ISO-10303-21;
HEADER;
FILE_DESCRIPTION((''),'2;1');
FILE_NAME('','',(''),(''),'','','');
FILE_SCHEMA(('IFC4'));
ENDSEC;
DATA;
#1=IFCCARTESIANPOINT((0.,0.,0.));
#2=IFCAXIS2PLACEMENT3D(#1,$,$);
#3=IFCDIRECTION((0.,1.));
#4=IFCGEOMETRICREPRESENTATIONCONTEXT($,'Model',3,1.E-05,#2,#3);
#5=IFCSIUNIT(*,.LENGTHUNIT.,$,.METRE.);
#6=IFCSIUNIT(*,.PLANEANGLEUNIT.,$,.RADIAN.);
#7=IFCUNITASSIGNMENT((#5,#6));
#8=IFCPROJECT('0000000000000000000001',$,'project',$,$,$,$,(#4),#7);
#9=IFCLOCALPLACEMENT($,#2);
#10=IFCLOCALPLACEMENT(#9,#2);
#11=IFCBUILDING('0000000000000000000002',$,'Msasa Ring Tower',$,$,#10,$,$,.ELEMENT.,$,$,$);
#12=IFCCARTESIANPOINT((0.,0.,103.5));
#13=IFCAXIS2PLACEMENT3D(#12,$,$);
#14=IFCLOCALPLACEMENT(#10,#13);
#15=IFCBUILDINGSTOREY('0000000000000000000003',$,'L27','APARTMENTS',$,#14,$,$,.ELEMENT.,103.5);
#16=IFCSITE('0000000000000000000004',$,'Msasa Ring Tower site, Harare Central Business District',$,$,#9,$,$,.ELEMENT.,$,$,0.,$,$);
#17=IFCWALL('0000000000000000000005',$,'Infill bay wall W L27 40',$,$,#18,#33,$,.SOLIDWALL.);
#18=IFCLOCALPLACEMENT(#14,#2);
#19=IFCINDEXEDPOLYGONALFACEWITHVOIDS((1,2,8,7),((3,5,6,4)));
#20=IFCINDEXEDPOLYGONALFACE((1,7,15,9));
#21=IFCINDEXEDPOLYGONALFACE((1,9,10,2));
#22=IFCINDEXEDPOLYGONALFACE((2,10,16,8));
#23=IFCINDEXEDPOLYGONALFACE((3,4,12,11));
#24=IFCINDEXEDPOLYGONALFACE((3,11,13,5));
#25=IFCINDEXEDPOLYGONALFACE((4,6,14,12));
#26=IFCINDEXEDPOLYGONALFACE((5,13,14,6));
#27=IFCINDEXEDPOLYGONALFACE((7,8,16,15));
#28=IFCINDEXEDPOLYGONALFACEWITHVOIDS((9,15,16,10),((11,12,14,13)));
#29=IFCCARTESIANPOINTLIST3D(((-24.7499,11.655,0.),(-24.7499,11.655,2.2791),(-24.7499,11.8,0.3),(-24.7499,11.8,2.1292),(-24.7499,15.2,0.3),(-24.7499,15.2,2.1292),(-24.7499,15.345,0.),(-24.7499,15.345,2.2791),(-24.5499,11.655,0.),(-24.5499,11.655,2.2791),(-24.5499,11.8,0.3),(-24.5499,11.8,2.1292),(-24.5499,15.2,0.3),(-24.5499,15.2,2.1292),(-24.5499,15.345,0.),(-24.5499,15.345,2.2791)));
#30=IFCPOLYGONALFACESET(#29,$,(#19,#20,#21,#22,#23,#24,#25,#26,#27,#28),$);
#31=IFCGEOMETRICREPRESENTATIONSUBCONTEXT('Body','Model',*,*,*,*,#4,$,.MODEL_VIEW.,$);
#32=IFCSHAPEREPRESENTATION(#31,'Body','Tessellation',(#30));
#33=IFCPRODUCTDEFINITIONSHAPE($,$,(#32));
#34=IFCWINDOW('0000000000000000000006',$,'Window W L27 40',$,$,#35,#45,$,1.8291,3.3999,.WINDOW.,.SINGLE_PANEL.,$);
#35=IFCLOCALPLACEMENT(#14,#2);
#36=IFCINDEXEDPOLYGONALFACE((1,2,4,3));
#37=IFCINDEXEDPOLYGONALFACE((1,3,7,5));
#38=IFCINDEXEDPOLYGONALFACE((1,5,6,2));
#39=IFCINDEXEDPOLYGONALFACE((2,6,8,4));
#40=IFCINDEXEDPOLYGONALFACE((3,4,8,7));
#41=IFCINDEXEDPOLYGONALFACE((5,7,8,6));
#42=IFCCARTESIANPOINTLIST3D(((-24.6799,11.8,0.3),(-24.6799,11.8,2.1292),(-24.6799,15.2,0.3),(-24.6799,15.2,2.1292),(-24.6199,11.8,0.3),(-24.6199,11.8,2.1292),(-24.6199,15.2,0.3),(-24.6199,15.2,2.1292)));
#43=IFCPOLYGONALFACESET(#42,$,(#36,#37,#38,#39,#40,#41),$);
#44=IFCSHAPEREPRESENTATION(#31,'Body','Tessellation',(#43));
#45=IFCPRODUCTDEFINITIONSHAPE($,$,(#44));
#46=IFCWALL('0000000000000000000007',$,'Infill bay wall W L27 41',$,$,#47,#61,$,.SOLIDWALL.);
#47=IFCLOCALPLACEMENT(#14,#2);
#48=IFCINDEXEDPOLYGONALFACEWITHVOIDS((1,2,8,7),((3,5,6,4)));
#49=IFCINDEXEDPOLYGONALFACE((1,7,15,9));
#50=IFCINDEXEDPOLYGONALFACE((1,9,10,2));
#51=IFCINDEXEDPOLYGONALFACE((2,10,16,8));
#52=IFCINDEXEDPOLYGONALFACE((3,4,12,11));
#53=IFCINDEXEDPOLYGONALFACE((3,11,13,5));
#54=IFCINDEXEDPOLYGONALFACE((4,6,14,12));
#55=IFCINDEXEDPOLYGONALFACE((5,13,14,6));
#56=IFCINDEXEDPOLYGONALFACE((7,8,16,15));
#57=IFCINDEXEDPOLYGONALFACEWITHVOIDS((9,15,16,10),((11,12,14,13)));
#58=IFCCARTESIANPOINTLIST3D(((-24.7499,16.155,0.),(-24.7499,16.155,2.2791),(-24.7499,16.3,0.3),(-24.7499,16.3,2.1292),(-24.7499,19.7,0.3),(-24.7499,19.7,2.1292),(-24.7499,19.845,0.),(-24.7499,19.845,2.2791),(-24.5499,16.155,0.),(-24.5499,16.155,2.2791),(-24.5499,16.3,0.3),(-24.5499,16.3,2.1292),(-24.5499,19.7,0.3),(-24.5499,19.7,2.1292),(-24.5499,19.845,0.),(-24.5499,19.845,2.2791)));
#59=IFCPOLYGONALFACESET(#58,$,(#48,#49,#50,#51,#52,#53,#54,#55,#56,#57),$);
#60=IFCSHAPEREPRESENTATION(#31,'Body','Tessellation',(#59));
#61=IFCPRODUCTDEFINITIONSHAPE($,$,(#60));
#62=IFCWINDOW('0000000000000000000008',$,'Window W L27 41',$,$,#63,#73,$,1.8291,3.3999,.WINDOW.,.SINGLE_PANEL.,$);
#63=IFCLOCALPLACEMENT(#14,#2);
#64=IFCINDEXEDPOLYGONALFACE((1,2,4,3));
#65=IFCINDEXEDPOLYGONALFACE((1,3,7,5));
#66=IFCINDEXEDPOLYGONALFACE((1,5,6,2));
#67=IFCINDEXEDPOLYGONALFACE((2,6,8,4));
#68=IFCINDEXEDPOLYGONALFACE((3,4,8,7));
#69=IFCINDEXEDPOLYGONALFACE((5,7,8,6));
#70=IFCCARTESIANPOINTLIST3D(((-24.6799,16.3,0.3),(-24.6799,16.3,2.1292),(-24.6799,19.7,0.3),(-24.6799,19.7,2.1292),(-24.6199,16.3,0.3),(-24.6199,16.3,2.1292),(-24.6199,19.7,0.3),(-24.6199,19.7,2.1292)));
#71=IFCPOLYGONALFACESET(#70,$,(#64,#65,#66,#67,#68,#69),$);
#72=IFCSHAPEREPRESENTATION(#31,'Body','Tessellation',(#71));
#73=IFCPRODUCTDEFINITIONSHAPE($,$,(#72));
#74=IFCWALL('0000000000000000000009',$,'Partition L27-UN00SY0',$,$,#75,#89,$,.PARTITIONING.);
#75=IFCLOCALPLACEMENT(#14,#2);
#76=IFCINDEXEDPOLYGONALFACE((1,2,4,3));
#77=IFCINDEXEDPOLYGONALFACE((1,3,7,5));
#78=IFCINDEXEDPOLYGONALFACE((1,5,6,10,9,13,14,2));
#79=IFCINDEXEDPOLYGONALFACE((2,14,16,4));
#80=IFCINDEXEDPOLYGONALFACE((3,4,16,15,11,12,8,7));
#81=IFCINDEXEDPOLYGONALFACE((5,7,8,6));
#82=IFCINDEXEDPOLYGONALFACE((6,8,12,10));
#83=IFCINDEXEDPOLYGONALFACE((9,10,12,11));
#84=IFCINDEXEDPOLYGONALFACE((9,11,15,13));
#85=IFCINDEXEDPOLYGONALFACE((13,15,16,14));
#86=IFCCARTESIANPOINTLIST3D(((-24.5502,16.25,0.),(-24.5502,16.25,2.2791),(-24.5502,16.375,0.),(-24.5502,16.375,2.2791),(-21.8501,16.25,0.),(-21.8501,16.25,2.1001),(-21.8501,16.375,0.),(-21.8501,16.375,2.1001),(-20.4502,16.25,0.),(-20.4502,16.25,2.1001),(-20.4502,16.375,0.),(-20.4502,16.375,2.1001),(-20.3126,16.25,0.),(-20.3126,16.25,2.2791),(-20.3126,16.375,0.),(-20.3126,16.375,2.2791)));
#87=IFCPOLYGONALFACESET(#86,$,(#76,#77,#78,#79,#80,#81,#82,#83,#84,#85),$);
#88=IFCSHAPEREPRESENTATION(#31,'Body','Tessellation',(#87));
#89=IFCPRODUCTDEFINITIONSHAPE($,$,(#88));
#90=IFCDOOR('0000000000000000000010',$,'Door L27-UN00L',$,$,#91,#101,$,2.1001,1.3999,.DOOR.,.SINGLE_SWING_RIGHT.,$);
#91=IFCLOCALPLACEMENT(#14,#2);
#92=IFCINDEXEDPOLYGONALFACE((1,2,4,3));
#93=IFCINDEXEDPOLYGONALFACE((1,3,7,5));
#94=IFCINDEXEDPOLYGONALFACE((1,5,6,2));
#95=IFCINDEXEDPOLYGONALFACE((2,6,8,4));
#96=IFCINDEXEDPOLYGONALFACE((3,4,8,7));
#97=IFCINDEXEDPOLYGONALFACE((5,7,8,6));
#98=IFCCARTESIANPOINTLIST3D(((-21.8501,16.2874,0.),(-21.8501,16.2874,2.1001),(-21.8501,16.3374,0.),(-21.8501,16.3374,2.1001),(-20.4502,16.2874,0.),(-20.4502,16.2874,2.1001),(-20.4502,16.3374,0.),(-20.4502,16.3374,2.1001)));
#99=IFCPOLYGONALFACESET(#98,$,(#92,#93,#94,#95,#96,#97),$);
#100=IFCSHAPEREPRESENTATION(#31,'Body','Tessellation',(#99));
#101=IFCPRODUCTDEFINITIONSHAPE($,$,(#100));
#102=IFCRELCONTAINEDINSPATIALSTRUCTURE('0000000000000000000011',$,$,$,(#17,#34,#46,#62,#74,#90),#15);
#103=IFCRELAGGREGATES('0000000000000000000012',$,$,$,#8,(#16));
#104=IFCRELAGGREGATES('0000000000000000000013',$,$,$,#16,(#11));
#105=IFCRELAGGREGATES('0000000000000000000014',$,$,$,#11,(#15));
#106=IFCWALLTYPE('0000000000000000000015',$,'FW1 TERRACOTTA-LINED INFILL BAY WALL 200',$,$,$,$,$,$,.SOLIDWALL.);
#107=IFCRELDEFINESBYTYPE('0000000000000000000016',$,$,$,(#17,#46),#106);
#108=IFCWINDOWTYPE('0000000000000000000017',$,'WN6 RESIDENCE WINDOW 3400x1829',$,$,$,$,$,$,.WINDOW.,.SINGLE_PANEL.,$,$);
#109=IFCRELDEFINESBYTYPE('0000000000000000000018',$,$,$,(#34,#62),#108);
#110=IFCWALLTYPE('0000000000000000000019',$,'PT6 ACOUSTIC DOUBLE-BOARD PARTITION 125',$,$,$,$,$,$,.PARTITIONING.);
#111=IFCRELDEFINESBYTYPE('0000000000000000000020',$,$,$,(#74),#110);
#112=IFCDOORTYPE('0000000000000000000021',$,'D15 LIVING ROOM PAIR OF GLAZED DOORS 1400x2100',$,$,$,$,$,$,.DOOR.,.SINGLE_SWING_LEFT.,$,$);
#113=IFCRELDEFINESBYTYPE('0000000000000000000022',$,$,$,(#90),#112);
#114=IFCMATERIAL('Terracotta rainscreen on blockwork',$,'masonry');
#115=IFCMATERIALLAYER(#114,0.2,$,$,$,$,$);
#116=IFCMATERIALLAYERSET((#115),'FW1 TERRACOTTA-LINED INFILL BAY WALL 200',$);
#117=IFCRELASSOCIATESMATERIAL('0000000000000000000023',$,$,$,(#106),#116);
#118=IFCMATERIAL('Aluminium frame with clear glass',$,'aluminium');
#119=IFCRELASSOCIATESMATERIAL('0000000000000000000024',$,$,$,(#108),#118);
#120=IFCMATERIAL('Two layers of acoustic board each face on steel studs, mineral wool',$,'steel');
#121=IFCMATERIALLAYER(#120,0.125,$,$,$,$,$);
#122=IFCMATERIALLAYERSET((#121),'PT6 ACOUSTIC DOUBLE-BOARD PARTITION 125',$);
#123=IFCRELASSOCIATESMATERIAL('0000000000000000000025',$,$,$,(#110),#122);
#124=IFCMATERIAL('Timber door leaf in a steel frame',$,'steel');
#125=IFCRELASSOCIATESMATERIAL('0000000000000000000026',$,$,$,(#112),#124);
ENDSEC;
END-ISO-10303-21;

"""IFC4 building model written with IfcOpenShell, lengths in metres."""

from ifc_helpers import new_model, si_unit, direction, frame, frame_2d, origin, place, context, subcontext, project, spatial, rectangle, extrude, material, layer, layer_set, type_object, element, fill, save


model = new_model("IFC4")

# Units and contexts
model_context = context("Model", 3, precision=1e-05, world=origin(), true_north=direction((0.0, 1.0)))
body_context = subcontext(model_context, "Body", "Model", "MODEL_VIEW")
ifc_project = project(units=[si_unit("LENGTHUNIT", "METRE"), si_unit("PLANEANGLEUNIT", "RADIAN")], contexts=[model_context])

# Site, building, storey
site_placement = place(None, origin())
site = spatial("IfcSite", under=ifc_project, at=site_placement, Name="Msasa Ring Tower site, Harare Central Business District", CompositionType="ELEMENT", RefElevation=0.0)
building_placement = place(site_placement, origin())
building = spatial("IfcBuilding", under=site, at=building_placement, Name="Msasa Ring Tower", CompositionType="ELEMENT")
storey_placement = place(building_placement, frame((0.0, 0.0, 103.5)))
storey = spatial("IfcBuildingStorey", under=building, at=storey_placement, Name="L27", Description="APARTMENTS", CompositionType="ELEMENT", Elevation=103.5)

# Walls, openings, windows
ifc_material_1 = material(Name="Terracotta rainscreen on blockwork", Category="masonry")
ifc_layer_1 = layer(ifc_material_1, 0.2)
ifc_layer_set_1 = layer_set([ifc_layer_1], Name="FW1 TERRACOTTA-LINED INFILL BAY WALL 200")
wall_type_1 = type_object("IfcWallType", Name="FW1 TERRACOTTA-LINED INFILL BAY WALL 200", PredefinedType="SOLIDWALL", material=ifc_layer_set_1)
wall_1_placement = place(storey_placement, frame((-24.6499, 11.655, 0.0), z_axis=(0.0, 0.0, 1.0), x_axis=(0.0, 1.0, 0.0)))
wall_1 = element("IfcWall", 1, at=wall_1_placement, inside=storey, type_object=wall_type_1, Name="Infill bay wall W L27 40", PredefinedType="SOLIDWALL", context=body_context, shape_type="SweptSolid", body=[
    extrude(rectangle(XDim=3.6899, YDim=0.2, at=frame_2d((1.845, 0.0))), origin(), (0.0, 0.0, 1.0), 2.2791),
])
opening_1_placement = place(wall_1_placement, frame((0.145, 0.0, 0.3)))
opening_1 = element("IfcOpeningElement", 2, at=opening_1_placement, cuts=wall_1, PredefinedType="OPENING", context=body_context, shape_type="SweptSolid", body=[
    extrude(rectangle(XDim=3.3999, YDim=1.8291, at=frame_2d((1.7, 0.9146))), frame((0.0, 0.1099, 0.0), z_axis=(0.0, -1.0, 0.0), x_axis=(1.0, 0.0, 0.0)), (0.0, 0.0, 1.0), 0.22),
])
ifc_material_2 = material(Name="Aluminium frame with clear glass", Category="aluminium")
window_type = type_object("IfcWindowType", Name="WN6 RESIDENCE WINDOW 3400x1829", PartitioningType="SINGLE_PANEL", PredefinedType="WINDOW", material=ifc_material_2)
window_1_placement = place(opening_1_placement, origin())
window_1 = element("IfcWindow", 3, at=window_1_placement, inside=storey, type_object=window_type, Name="Window W L27 40", OverallHeight=1.8291, OverallWidth=3.3999, PartitioningType="SINGLE_PANEL", PredefinedType="WINDOW", context=body_context, shape_type="SweptSolid", body=[
    extrude(rectangle(XDim=3.3999, YDim=1.8291, at=frame_2d((1.7, 0.9146))), frame((0.0, 0.03, 0.0), z_axis=(0.0, -1.0, 0.0), x_axis=(1.0, 0.0, 0.0)), (0.0, 0.0, 1.0), 0.0601),
])
fill(opening_1, window_1)
wall_2_placement = place(storey_placement, frame((-24.6499, 16.155, 0.0), z_axis=(0.0, 0.0, 1.0), x_axis=(0.0, 1.0, 0.0)))
wall_2 = element("IfcWall", 4, at=wall_2_placement, inside=storey, type_object=wall_type_1, Name="Infill bay wall W L27 41", PredefinedType="SOLIDWALL", context=body_context, shape_type="SweptSolid", body=[
    extrude(rectangle(XDim=3.6899, YDim=0.2, at=frame_2d((1.845, 0.0))), origin(), (0.0, 0.0, 1.0), 2.2791),
])
opening_2_placement = place(wall_2_placement, frame((0.145, 0.0, 0.3)))
opening_2 = element("IfcOpeningElement", 5, at=opening_2_placement, cuts=wall_2, PredefinedType="OPENING", context=body_context, shape_type="SweptSolid", body=[
    extrude(rectangle(XDim=3.3999, YDim=1.8291, at=frame_2d((1.7, 0.9146))), frame((0.0, 0.1099, 0.0), z_axis=(0.0, -1.0, 0.0), x_axis=(1.0, 0.0, 0.0)), (0.0, 0.0, 1.0), 0.22),
])
window_2_placement = place(opening_2_placement, origin())
window_2 = element("IfcWindow", 6, at=window_2_placement, inside=storey, type_object=window_type, Name="Window W L27 41", OverallHeight=1.8291, OverallWidth=3.3999, PartitioningType="SINGLE_PANEL", PredefinedType="WINDOW", context=body_context, shape_type="SweptSolid", body=[
    extrude(rectangle(XDim=3.3999, YDim=1.8291, at=frame_2d((1.7, 0.9146))), frame((0.0, 0.03, 0.0), z_axis=(0.0, -1.0, 0.0), x_axis=(1.0, 0.0, 0.0)), (0.0, 0.0, 1.0), 0.0601),
])
fill(opening_2, window_2)

# Wall, opening, door
ifc_material_3 = material(Name="Two layers of acoustic board each face on steel studs, mineral wool", Category="steel")
ifc_layer_2 = layer(ifc_material_3, 0.125)
ifc_layer_set_2 = layer_set([ifc_layer_2], Name="PT6 ACOUSTIC DOUBLE-BOARD PARTITION 125")
wall_type_2 = type_object("IfcWallType", Name="PT6 ACOUSTIC DOUBLE-BOARD PARTITION 125", PredefinedType="PARTITIONING", material=ifc_layer_set_2)
wall_3_placement = place(storey_placement, frame((-24.55, 16.3125, 0.0), z_axis=(0.0, 0.0, 1.0), x_axis=(1.0, 0.0, 0.0)))
wall_3 = element("IfcWall", 7, at=wall_3_placement, inside=storey, type_object=wall_type_2, Name="Partition L27-UN00SY0", PredefinedType="PARTITIONING", context=body_context, shape_type="SweptSolid", body=[
    extrude(rectangle(XDim=4.2375, YDim=0.125, at=frame_2d((2.1187, 0.0))), origin(), (0.0, 0.0, 1.0), 2.2791),
])
opening_3_placement = place(wall_3_placement, frame((2.7, 0.0, 0.0)))
opening_3 = element("IfcOpeningElement", 8, at=opening_3_placement, cuts=wall_3, PredefinedType="OPENING", context=body_context, shape_type="SweptSolid", body=[
    extrude(rectangle(XDim=1.3999, YDim=2.1001, at=frame_2d((0.7, 1.05))), frame((0.0, 0.0725, 0.0), z_axis=(0.0, -1.0, 0.0), x_axis=(1.0, 0.0, 0.0)), (0.0, 0.0, 1.0), 0.145),
])
ifc_material_4 = material(Name="Timber door leaf in a steel frame", Category="steel")
door_type = type_object("IfcDoorType", Name="D15 LIVING ROOM PAIR OF GLAZED DOORS 1400x2100", OperationType="SINGLE_SWING_LEFT", PredefinedType="DOOR", material=ifc_material_4)
door_placement = place(opening_3_placement, origin())
door = element("IfcDoor", 9, at=door_placement, inside=storey, type_object=door_type, Name="Door L27-UN00L", OperationType="SINGLE_SWING_RIGHT", OverallHeight=2.1001, OverallWidth=1.3999, PredefinedType="DOOR", context=body_context, shape_type="SweptSolid", body=[
    extrude(rectangle(XDim=1.3999, YDim=2.1001, at=frame_2d((0.7, 1.05))), frame((0.0, 0.0249, 0.0), z_axis=(0.0, -1.0, 0.0), x_axis=(1.0, 0.0, 0.0)), (0.0, 0.0, 1.0), 0.05),
])
fill(opening_3, door)

save(model, "model.ifc")
